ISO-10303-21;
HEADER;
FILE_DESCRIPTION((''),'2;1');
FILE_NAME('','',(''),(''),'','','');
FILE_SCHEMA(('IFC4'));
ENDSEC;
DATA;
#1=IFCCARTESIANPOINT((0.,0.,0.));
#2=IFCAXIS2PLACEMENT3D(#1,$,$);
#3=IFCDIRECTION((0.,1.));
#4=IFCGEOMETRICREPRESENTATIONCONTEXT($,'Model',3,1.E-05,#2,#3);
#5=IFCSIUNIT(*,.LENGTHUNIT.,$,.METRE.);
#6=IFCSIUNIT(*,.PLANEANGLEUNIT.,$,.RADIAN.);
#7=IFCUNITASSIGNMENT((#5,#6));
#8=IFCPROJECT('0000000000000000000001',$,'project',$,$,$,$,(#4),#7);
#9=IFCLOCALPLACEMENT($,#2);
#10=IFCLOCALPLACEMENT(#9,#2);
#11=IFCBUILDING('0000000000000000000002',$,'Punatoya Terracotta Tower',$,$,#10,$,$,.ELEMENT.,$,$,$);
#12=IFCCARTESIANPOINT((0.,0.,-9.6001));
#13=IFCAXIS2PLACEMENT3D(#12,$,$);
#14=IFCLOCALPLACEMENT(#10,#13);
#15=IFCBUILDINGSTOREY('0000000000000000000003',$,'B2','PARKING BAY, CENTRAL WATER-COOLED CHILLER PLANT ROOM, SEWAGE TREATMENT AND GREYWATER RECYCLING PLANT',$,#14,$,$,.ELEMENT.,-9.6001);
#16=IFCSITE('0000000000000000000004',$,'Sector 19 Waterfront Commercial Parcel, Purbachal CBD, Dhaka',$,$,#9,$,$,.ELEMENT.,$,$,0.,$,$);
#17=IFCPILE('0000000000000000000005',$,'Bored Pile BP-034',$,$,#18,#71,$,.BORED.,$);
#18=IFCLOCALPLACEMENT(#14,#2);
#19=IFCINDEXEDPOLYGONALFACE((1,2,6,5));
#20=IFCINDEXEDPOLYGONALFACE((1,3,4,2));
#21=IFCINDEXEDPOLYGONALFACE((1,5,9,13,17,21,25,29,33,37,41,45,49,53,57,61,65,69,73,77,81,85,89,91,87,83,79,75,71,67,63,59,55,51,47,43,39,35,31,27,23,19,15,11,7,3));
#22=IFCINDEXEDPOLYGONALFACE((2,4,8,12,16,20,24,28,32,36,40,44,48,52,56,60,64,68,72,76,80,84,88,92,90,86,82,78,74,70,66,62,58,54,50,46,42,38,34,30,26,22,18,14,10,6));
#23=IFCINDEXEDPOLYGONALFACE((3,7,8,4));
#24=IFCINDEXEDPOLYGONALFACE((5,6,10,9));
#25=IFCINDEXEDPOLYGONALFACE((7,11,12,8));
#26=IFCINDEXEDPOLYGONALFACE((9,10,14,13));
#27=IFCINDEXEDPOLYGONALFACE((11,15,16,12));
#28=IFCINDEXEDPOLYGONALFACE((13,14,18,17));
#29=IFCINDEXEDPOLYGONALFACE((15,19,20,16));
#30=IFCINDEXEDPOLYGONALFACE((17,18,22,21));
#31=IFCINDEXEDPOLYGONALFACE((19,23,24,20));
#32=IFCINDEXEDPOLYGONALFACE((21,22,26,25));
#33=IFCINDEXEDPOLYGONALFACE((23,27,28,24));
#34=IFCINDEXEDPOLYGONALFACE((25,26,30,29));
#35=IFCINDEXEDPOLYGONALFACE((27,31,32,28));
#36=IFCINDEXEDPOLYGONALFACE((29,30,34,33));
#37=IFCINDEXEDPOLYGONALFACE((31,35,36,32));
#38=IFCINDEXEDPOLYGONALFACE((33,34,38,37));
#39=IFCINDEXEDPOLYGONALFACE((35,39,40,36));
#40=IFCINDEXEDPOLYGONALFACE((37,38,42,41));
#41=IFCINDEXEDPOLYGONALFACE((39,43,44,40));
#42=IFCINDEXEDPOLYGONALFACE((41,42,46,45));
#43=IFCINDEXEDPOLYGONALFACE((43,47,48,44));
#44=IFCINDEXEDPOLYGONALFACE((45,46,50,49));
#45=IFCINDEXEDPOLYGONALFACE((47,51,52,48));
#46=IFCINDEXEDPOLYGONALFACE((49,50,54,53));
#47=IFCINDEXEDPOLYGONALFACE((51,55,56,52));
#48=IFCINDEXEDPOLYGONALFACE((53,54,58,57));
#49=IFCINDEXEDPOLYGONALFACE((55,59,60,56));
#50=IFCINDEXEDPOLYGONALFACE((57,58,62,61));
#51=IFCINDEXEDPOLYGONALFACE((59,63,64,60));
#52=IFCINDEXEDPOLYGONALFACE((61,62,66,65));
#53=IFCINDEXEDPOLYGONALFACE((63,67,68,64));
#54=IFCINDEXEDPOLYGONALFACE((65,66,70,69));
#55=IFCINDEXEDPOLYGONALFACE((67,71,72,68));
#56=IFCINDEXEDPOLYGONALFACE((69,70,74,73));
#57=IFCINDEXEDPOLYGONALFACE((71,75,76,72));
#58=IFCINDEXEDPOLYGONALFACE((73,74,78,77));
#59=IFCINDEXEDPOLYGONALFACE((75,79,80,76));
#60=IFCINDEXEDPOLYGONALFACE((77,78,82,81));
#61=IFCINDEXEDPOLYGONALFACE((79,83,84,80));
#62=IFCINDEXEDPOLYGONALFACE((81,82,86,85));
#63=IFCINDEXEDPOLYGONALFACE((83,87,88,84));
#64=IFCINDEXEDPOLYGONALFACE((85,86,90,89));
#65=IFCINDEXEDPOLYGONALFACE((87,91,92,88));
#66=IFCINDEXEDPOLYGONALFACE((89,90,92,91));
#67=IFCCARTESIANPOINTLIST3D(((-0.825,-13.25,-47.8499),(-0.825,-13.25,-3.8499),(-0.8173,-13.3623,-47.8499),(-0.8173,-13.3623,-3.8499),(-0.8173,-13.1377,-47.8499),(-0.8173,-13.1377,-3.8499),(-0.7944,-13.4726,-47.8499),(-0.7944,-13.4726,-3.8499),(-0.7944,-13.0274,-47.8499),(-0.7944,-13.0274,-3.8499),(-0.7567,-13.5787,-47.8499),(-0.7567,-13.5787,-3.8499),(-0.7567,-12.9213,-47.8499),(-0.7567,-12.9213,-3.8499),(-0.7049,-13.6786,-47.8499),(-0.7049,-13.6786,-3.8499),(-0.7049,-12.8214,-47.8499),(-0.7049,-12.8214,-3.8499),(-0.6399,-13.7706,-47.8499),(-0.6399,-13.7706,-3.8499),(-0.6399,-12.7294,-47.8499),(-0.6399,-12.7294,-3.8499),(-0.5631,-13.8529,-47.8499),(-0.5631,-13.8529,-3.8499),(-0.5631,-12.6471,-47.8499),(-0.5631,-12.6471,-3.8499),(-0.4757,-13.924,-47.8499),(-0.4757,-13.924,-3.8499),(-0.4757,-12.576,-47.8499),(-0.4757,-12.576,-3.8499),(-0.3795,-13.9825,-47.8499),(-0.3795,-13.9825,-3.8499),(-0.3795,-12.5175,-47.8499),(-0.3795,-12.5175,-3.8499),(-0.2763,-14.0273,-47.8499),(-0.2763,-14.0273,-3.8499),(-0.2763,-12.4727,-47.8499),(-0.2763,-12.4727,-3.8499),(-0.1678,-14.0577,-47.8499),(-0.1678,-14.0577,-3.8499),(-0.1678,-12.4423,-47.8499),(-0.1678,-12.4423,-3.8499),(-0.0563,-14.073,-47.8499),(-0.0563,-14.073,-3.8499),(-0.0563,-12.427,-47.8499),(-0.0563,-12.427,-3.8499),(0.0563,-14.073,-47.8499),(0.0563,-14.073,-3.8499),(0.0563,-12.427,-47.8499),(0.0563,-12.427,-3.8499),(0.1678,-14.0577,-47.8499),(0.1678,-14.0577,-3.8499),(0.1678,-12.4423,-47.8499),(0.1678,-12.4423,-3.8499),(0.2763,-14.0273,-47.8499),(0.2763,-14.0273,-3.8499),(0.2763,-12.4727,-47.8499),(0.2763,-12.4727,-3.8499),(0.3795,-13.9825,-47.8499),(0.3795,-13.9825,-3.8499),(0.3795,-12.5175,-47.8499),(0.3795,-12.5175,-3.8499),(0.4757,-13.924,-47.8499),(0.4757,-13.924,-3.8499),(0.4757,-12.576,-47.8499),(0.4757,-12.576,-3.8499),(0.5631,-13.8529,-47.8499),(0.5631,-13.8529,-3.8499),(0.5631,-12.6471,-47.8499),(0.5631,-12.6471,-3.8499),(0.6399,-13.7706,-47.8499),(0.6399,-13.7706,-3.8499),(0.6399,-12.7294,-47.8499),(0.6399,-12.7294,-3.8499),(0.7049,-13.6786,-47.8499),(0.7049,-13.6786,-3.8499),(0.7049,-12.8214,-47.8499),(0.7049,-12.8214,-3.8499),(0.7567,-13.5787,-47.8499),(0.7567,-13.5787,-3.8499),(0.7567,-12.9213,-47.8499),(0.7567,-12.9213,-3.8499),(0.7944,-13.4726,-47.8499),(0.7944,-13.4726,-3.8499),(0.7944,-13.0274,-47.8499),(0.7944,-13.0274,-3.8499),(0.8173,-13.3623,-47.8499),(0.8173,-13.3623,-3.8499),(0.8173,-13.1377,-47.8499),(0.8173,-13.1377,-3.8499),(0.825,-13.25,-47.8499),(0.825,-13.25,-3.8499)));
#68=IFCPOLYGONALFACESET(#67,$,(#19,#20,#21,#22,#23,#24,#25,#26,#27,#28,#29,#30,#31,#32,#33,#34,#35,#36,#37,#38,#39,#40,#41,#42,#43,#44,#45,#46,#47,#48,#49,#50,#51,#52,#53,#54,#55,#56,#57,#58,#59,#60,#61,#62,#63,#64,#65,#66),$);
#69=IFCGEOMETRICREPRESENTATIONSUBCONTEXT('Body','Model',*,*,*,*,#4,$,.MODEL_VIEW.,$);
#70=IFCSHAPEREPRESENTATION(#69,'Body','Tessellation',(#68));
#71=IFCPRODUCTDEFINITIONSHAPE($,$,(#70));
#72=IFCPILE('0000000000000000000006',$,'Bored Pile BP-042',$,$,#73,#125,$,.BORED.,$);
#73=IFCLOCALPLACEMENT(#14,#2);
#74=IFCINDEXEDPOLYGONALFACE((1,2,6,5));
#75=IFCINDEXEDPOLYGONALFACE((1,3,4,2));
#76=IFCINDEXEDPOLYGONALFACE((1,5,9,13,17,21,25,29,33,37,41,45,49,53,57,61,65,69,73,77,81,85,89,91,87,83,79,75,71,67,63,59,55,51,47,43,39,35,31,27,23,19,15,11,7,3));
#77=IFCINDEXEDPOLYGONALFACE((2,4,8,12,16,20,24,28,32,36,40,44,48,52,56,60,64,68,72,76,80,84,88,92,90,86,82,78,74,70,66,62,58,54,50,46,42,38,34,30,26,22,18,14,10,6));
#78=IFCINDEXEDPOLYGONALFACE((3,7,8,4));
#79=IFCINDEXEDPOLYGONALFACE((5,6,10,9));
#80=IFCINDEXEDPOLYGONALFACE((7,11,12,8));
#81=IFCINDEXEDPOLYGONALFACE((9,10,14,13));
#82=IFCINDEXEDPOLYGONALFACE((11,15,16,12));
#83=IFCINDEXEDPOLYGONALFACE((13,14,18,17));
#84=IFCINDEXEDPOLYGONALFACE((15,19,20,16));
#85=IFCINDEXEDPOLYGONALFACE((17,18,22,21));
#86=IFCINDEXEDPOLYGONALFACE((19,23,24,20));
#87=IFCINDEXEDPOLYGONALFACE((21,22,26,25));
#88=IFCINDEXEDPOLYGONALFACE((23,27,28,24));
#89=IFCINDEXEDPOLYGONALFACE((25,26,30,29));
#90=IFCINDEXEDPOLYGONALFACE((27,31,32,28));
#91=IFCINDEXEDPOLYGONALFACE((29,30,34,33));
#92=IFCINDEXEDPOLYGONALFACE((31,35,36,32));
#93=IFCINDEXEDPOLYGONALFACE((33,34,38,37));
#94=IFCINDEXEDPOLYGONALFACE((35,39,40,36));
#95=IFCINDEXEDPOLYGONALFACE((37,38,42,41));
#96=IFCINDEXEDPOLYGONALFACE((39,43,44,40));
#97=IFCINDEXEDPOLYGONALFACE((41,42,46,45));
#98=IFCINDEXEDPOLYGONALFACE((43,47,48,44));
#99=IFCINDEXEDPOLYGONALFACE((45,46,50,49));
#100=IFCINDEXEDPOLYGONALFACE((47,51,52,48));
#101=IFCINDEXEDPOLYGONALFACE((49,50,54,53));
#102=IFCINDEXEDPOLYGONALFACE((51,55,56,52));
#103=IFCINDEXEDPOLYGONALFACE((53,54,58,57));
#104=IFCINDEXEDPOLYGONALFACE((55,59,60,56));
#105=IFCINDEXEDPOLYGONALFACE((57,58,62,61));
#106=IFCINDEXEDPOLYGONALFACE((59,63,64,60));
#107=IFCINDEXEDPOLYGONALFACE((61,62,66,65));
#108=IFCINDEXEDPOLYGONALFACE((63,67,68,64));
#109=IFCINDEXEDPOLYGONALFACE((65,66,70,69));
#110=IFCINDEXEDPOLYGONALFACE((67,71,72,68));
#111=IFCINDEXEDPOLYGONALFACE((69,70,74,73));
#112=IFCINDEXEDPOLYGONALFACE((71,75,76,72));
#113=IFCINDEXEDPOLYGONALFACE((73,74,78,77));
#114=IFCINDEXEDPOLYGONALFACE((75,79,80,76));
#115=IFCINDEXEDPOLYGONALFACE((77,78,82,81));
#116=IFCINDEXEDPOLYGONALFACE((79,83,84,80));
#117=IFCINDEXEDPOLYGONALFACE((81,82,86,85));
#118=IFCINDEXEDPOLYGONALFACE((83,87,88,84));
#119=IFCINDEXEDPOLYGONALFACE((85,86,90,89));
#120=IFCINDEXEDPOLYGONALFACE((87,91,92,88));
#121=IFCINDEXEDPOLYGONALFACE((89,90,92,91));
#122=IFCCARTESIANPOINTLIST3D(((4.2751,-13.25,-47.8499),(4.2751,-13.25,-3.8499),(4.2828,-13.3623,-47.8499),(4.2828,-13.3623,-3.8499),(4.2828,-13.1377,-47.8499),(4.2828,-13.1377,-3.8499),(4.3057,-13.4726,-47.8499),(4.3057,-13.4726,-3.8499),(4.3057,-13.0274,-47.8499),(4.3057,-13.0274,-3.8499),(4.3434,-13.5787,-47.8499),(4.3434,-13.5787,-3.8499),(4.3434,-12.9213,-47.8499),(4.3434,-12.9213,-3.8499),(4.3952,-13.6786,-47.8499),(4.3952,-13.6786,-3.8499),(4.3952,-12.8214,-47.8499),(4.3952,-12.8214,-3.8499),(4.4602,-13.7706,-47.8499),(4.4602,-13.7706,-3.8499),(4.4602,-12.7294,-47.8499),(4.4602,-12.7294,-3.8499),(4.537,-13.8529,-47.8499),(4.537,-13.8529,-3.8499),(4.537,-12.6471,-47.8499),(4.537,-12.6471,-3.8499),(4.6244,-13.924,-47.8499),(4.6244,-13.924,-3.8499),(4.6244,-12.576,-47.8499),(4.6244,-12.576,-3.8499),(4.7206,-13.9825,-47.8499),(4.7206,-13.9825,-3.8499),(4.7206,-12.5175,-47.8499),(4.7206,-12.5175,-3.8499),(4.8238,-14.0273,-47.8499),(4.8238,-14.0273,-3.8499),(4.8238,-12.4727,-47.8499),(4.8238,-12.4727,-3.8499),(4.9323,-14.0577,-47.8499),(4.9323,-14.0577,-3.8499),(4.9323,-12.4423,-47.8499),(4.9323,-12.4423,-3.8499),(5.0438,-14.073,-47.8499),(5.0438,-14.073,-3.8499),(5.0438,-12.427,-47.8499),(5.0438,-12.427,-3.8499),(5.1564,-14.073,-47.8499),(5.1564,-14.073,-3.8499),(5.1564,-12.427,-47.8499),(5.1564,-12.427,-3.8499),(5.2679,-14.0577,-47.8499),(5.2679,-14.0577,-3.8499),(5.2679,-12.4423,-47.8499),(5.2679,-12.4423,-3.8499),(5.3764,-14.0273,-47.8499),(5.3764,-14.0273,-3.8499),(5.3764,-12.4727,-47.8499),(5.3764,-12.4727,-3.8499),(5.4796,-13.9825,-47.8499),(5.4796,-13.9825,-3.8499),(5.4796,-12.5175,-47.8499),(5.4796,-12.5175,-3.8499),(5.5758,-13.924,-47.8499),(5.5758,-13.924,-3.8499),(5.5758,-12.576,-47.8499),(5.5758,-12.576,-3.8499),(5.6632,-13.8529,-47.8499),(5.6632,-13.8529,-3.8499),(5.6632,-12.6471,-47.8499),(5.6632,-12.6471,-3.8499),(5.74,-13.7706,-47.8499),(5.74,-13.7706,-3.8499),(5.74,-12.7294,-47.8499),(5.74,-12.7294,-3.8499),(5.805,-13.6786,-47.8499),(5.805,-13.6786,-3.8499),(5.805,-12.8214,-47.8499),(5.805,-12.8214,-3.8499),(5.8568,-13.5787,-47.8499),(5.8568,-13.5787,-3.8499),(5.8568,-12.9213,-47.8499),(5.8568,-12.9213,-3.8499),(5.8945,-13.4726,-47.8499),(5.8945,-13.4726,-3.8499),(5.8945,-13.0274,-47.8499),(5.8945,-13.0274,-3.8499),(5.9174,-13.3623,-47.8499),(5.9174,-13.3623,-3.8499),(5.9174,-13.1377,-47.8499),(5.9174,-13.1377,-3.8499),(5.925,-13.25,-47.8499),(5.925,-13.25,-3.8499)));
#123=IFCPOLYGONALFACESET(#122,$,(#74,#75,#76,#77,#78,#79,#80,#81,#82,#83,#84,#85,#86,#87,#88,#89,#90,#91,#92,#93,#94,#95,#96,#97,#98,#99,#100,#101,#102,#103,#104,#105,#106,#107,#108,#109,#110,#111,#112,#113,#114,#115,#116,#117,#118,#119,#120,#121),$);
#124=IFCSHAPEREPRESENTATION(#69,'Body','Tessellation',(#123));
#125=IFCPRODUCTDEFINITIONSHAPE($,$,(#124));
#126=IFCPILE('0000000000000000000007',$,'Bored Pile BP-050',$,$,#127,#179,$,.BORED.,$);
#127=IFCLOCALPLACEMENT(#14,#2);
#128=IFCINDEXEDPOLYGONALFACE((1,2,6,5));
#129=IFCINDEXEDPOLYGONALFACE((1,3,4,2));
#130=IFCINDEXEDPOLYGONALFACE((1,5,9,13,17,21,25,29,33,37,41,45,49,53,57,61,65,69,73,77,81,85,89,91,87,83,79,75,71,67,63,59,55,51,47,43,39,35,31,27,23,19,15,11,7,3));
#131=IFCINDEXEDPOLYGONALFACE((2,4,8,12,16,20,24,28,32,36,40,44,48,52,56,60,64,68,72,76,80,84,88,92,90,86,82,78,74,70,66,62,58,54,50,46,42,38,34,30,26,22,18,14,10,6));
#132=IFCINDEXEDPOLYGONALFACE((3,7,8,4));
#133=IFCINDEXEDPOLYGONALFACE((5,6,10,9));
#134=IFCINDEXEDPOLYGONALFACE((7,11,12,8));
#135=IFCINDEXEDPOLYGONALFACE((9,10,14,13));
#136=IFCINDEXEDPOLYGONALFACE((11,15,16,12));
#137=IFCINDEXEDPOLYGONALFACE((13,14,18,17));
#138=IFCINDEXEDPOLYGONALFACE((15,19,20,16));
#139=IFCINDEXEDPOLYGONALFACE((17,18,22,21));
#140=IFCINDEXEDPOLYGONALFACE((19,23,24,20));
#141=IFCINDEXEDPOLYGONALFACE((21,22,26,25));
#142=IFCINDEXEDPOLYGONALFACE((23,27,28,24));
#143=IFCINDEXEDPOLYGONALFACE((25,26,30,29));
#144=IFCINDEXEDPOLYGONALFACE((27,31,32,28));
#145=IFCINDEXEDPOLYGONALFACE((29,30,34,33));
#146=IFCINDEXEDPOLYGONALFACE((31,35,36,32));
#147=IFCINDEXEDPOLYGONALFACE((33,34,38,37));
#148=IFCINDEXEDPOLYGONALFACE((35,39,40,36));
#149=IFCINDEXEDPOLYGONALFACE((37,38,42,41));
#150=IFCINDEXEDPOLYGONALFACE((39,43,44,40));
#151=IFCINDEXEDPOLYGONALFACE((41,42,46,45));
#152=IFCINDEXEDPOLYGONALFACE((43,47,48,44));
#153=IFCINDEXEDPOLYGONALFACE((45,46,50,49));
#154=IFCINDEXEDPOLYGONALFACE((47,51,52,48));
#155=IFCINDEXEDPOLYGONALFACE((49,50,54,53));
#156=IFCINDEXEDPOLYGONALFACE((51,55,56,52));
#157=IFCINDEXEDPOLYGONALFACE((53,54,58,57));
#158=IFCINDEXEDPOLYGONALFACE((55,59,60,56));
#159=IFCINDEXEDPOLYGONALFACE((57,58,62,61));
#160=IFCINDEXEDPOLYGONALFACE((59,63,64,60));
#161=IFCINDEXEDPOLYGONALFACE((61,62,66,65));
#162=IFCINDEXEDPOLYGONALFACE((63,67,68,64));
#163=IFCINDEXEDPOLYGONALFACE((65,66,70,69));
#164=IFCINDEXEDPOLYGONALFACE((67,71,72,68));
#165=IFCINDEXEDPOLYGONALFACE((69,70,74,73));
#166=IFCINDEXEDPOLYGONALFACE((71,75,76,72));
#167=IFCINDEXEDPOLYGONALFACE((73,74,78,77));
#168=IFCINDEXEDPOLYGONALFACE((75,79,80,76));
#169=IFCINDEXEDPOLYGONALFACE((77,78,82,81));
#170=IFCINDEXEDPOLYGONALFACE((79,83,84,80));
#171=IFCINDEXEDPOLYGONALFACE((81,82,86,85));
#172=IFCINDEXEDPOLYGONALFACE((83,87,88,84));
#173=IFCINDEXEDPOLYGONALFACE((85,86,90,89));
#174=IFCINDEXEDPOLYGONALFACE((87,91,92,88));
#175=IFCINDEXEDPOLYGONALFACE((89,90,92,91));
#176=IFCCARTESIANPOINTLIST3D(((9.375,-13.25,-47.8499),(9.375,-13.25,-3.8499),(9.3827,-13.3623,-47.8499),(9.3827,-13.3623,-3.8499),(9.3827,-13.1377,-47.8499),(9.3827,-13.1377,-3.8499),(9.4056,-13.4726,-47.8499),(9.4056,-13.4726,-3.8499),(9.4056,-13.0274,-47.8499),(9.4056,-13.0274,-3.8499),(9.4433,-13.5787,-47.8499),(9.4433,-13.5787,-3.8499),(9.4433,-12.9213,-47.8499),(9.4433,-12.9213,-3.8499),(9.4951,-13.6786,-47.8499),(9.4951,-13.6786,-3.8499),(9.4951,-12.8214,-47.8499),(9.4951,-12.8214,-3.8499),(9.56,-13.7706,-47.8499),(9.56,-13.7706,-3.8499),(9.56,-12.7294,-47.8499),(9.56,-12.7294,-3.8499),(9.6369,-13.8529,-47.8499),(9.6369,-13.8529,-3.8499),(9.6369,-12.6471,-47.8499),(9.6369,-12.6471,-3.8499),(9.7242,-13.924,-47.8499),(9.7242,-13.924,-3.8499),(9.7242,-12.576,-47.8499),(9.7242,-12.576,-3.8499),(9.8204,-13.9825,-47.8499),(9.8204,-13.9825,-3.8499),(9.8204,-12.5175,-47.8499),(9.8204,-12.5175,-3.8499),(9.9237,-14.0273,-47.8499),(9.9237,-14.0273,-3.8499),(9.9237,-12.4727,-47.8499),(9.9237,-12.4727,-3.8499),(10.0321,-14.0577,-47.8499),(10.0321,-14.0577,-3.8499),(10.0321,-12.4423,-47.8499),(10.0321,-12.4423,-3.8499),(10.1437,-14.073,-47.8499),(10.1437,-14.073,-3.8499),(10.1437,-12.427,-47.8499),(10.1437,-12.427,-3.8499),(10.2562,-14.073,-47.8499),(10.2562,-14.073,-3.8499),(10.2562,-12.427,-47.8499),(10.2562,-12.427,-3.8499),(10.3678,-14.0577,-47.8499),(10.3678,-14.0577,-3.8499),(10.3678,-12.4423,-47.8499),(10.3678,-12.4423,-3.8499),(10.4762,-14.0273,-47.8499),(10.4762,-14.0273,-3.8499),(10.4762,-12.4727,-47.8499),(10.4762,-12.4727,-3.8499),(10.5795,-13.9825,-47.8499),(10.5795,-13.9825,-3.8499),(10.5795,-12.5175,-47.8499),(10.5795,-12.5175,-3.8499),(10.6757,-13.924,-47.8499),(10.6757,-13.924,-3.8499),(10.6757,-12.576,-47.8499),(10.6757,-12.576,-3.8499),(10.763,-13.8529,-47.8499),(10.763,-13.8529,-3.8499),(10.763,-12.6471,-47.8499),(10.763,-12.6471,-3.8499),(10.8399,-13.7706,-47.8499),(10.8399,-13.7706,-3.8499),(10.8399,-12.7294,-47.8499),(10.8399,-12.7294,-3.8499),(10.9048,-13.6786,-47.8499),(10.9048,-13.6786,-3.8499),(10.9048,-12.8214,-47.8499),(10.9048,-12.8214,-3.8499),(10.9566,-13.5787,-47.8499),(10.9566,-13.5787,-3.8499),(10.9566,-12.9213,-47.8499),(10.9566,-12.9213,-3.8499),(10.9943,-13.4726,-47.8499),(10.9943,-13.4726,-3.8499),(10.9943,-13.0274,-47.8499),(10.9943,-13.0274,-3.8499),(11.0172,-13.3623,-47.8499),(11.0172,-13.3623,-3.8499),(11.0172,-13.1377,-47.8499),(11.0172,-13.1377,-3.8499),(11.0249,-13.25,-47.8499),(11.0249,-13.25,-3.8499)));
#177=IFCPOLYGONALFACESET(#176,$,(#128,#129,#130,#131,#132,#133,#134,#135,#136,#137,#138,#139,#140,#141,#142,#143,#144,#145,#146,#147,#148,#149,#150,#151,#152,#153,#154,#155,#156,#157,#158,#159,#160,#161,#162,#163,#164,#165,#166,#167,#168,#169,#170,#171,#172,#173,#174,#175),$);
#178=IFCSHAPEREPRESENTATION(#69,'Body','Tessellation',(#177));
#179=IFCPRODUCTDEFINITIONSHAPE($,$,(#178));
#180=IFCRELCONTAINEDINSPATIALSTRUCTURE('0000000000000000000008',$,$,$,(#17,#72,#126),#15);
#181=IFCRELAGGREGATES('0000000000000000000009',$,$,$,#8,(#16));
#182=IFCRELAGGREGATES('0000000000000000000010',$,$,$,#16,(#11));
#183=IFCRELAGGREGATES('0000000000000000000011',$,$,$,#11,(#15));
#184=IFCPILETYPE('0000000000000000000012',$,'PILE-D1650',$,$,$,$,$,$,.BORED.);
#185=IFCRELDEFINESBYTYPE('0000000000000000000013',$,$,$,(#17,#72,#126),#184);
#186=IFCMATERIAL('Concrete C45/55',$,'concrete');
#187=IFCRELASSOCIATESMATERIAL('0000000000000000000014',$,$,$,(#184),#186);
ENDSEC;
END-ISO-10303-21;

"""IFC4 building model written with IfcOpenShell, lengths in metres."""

from ifc_helpers import new_model, si_unit, direction, frame, origin, origin_2d, place, context, subcontext, project, spatial, circle, extrude, material, material_profile, profile_set, type_object, element, save


model = new_model("IFC4")

# Units and contexts
model_context = context("Model", 3, precision=1e-05, world=origin(), true_north=direction((0.0, 1.0)))
body_context = subcontext(model_context, "Body", "Model", "MODEL_VIEW")
ifc_project = project(units=[si_unit("LENGTHUNIT", "METRE"), si_unit("PLANEANGLEUNIT", "RADIAN")], contexts=[model_context])

# Site, building, storey
site_placement = place(None, origin())
site = spatial("IfcSite", under=ifc_project, at=site_placement, Name="Sector 19 Waterfront Commercial Parcel, Purbachal CBD, Dhaka", CompositionType="ELEMENT", RefElevation=0.0)
building_placement = place(site_placement, origin())
building = spatial("IfcBuilding", under=site, at=building_placement, Name="Punatoya Terracotta Tower", CompositionType="ELEMENT")
storey_placement = place(building_placement, frame((0.0, 0.0, -9.6001)))
storey = spatial("IfcBuildingStorey", under=building, at=storey_placement, Name="B2", Description="PARKING BAY, CENTRAL WATER-COOLED CHILLER PLANT ROOM, SEWAGE TREATMENT AND GREYWATER RECYCLING PLANT", CompositionType="ELEMENT", Elevation=-9.6001)

# Shared definitions
ifc_material_1 = material(Name="Concrete C45/55", Category="concrete")

# Piles
ifc_material_profile_1 = material_profile(ifc_material_1, circle(Radius=0.825, at=origin_2d()))
ifc_profile_set_1 = profile_set([ifc_material_profile_1], Name="Concrete C45/55")
pile_type_1 = type_object("IfcPileType", Name="PILE-D1650", PredefinedType="BORED", material=ifc_profile_set_1)
for number, where, z_axis, x_axis, name in (
    (1, (0.0, -13.25, -3.8499), (0.0, 0.0, -1.0), (1.0, 0.0, 0.0), "Bored Pile BP-034"),
    (2, (5.1001, -13.25, -3.8499), (0.0, 0.0, -1.0), (1.0, 0.0, 0.0), "Bored Pile BP-042"),
    (3, (10.2, -13.25, -3.8499), (0.0, 0.0, -1.0), (1.0, 0.0, 0.0), "Bored Pile BP-050"),
):
    element("IfcPile", number, at=place(storey_placement, frame(where, z_axis=z_axis, x_axis=x_axis)), inside=storey, type_object=pile_type_1, Name=name, PredefinedType="BORED", context=body_context, shape_type="SweptSolid", body=[
        extrude(circle(Radius=0.825, at=origin_2d()), origin(), (0.0, 0.0, 1.0), 44.0),
    ])

save(model, "model.ifc")
